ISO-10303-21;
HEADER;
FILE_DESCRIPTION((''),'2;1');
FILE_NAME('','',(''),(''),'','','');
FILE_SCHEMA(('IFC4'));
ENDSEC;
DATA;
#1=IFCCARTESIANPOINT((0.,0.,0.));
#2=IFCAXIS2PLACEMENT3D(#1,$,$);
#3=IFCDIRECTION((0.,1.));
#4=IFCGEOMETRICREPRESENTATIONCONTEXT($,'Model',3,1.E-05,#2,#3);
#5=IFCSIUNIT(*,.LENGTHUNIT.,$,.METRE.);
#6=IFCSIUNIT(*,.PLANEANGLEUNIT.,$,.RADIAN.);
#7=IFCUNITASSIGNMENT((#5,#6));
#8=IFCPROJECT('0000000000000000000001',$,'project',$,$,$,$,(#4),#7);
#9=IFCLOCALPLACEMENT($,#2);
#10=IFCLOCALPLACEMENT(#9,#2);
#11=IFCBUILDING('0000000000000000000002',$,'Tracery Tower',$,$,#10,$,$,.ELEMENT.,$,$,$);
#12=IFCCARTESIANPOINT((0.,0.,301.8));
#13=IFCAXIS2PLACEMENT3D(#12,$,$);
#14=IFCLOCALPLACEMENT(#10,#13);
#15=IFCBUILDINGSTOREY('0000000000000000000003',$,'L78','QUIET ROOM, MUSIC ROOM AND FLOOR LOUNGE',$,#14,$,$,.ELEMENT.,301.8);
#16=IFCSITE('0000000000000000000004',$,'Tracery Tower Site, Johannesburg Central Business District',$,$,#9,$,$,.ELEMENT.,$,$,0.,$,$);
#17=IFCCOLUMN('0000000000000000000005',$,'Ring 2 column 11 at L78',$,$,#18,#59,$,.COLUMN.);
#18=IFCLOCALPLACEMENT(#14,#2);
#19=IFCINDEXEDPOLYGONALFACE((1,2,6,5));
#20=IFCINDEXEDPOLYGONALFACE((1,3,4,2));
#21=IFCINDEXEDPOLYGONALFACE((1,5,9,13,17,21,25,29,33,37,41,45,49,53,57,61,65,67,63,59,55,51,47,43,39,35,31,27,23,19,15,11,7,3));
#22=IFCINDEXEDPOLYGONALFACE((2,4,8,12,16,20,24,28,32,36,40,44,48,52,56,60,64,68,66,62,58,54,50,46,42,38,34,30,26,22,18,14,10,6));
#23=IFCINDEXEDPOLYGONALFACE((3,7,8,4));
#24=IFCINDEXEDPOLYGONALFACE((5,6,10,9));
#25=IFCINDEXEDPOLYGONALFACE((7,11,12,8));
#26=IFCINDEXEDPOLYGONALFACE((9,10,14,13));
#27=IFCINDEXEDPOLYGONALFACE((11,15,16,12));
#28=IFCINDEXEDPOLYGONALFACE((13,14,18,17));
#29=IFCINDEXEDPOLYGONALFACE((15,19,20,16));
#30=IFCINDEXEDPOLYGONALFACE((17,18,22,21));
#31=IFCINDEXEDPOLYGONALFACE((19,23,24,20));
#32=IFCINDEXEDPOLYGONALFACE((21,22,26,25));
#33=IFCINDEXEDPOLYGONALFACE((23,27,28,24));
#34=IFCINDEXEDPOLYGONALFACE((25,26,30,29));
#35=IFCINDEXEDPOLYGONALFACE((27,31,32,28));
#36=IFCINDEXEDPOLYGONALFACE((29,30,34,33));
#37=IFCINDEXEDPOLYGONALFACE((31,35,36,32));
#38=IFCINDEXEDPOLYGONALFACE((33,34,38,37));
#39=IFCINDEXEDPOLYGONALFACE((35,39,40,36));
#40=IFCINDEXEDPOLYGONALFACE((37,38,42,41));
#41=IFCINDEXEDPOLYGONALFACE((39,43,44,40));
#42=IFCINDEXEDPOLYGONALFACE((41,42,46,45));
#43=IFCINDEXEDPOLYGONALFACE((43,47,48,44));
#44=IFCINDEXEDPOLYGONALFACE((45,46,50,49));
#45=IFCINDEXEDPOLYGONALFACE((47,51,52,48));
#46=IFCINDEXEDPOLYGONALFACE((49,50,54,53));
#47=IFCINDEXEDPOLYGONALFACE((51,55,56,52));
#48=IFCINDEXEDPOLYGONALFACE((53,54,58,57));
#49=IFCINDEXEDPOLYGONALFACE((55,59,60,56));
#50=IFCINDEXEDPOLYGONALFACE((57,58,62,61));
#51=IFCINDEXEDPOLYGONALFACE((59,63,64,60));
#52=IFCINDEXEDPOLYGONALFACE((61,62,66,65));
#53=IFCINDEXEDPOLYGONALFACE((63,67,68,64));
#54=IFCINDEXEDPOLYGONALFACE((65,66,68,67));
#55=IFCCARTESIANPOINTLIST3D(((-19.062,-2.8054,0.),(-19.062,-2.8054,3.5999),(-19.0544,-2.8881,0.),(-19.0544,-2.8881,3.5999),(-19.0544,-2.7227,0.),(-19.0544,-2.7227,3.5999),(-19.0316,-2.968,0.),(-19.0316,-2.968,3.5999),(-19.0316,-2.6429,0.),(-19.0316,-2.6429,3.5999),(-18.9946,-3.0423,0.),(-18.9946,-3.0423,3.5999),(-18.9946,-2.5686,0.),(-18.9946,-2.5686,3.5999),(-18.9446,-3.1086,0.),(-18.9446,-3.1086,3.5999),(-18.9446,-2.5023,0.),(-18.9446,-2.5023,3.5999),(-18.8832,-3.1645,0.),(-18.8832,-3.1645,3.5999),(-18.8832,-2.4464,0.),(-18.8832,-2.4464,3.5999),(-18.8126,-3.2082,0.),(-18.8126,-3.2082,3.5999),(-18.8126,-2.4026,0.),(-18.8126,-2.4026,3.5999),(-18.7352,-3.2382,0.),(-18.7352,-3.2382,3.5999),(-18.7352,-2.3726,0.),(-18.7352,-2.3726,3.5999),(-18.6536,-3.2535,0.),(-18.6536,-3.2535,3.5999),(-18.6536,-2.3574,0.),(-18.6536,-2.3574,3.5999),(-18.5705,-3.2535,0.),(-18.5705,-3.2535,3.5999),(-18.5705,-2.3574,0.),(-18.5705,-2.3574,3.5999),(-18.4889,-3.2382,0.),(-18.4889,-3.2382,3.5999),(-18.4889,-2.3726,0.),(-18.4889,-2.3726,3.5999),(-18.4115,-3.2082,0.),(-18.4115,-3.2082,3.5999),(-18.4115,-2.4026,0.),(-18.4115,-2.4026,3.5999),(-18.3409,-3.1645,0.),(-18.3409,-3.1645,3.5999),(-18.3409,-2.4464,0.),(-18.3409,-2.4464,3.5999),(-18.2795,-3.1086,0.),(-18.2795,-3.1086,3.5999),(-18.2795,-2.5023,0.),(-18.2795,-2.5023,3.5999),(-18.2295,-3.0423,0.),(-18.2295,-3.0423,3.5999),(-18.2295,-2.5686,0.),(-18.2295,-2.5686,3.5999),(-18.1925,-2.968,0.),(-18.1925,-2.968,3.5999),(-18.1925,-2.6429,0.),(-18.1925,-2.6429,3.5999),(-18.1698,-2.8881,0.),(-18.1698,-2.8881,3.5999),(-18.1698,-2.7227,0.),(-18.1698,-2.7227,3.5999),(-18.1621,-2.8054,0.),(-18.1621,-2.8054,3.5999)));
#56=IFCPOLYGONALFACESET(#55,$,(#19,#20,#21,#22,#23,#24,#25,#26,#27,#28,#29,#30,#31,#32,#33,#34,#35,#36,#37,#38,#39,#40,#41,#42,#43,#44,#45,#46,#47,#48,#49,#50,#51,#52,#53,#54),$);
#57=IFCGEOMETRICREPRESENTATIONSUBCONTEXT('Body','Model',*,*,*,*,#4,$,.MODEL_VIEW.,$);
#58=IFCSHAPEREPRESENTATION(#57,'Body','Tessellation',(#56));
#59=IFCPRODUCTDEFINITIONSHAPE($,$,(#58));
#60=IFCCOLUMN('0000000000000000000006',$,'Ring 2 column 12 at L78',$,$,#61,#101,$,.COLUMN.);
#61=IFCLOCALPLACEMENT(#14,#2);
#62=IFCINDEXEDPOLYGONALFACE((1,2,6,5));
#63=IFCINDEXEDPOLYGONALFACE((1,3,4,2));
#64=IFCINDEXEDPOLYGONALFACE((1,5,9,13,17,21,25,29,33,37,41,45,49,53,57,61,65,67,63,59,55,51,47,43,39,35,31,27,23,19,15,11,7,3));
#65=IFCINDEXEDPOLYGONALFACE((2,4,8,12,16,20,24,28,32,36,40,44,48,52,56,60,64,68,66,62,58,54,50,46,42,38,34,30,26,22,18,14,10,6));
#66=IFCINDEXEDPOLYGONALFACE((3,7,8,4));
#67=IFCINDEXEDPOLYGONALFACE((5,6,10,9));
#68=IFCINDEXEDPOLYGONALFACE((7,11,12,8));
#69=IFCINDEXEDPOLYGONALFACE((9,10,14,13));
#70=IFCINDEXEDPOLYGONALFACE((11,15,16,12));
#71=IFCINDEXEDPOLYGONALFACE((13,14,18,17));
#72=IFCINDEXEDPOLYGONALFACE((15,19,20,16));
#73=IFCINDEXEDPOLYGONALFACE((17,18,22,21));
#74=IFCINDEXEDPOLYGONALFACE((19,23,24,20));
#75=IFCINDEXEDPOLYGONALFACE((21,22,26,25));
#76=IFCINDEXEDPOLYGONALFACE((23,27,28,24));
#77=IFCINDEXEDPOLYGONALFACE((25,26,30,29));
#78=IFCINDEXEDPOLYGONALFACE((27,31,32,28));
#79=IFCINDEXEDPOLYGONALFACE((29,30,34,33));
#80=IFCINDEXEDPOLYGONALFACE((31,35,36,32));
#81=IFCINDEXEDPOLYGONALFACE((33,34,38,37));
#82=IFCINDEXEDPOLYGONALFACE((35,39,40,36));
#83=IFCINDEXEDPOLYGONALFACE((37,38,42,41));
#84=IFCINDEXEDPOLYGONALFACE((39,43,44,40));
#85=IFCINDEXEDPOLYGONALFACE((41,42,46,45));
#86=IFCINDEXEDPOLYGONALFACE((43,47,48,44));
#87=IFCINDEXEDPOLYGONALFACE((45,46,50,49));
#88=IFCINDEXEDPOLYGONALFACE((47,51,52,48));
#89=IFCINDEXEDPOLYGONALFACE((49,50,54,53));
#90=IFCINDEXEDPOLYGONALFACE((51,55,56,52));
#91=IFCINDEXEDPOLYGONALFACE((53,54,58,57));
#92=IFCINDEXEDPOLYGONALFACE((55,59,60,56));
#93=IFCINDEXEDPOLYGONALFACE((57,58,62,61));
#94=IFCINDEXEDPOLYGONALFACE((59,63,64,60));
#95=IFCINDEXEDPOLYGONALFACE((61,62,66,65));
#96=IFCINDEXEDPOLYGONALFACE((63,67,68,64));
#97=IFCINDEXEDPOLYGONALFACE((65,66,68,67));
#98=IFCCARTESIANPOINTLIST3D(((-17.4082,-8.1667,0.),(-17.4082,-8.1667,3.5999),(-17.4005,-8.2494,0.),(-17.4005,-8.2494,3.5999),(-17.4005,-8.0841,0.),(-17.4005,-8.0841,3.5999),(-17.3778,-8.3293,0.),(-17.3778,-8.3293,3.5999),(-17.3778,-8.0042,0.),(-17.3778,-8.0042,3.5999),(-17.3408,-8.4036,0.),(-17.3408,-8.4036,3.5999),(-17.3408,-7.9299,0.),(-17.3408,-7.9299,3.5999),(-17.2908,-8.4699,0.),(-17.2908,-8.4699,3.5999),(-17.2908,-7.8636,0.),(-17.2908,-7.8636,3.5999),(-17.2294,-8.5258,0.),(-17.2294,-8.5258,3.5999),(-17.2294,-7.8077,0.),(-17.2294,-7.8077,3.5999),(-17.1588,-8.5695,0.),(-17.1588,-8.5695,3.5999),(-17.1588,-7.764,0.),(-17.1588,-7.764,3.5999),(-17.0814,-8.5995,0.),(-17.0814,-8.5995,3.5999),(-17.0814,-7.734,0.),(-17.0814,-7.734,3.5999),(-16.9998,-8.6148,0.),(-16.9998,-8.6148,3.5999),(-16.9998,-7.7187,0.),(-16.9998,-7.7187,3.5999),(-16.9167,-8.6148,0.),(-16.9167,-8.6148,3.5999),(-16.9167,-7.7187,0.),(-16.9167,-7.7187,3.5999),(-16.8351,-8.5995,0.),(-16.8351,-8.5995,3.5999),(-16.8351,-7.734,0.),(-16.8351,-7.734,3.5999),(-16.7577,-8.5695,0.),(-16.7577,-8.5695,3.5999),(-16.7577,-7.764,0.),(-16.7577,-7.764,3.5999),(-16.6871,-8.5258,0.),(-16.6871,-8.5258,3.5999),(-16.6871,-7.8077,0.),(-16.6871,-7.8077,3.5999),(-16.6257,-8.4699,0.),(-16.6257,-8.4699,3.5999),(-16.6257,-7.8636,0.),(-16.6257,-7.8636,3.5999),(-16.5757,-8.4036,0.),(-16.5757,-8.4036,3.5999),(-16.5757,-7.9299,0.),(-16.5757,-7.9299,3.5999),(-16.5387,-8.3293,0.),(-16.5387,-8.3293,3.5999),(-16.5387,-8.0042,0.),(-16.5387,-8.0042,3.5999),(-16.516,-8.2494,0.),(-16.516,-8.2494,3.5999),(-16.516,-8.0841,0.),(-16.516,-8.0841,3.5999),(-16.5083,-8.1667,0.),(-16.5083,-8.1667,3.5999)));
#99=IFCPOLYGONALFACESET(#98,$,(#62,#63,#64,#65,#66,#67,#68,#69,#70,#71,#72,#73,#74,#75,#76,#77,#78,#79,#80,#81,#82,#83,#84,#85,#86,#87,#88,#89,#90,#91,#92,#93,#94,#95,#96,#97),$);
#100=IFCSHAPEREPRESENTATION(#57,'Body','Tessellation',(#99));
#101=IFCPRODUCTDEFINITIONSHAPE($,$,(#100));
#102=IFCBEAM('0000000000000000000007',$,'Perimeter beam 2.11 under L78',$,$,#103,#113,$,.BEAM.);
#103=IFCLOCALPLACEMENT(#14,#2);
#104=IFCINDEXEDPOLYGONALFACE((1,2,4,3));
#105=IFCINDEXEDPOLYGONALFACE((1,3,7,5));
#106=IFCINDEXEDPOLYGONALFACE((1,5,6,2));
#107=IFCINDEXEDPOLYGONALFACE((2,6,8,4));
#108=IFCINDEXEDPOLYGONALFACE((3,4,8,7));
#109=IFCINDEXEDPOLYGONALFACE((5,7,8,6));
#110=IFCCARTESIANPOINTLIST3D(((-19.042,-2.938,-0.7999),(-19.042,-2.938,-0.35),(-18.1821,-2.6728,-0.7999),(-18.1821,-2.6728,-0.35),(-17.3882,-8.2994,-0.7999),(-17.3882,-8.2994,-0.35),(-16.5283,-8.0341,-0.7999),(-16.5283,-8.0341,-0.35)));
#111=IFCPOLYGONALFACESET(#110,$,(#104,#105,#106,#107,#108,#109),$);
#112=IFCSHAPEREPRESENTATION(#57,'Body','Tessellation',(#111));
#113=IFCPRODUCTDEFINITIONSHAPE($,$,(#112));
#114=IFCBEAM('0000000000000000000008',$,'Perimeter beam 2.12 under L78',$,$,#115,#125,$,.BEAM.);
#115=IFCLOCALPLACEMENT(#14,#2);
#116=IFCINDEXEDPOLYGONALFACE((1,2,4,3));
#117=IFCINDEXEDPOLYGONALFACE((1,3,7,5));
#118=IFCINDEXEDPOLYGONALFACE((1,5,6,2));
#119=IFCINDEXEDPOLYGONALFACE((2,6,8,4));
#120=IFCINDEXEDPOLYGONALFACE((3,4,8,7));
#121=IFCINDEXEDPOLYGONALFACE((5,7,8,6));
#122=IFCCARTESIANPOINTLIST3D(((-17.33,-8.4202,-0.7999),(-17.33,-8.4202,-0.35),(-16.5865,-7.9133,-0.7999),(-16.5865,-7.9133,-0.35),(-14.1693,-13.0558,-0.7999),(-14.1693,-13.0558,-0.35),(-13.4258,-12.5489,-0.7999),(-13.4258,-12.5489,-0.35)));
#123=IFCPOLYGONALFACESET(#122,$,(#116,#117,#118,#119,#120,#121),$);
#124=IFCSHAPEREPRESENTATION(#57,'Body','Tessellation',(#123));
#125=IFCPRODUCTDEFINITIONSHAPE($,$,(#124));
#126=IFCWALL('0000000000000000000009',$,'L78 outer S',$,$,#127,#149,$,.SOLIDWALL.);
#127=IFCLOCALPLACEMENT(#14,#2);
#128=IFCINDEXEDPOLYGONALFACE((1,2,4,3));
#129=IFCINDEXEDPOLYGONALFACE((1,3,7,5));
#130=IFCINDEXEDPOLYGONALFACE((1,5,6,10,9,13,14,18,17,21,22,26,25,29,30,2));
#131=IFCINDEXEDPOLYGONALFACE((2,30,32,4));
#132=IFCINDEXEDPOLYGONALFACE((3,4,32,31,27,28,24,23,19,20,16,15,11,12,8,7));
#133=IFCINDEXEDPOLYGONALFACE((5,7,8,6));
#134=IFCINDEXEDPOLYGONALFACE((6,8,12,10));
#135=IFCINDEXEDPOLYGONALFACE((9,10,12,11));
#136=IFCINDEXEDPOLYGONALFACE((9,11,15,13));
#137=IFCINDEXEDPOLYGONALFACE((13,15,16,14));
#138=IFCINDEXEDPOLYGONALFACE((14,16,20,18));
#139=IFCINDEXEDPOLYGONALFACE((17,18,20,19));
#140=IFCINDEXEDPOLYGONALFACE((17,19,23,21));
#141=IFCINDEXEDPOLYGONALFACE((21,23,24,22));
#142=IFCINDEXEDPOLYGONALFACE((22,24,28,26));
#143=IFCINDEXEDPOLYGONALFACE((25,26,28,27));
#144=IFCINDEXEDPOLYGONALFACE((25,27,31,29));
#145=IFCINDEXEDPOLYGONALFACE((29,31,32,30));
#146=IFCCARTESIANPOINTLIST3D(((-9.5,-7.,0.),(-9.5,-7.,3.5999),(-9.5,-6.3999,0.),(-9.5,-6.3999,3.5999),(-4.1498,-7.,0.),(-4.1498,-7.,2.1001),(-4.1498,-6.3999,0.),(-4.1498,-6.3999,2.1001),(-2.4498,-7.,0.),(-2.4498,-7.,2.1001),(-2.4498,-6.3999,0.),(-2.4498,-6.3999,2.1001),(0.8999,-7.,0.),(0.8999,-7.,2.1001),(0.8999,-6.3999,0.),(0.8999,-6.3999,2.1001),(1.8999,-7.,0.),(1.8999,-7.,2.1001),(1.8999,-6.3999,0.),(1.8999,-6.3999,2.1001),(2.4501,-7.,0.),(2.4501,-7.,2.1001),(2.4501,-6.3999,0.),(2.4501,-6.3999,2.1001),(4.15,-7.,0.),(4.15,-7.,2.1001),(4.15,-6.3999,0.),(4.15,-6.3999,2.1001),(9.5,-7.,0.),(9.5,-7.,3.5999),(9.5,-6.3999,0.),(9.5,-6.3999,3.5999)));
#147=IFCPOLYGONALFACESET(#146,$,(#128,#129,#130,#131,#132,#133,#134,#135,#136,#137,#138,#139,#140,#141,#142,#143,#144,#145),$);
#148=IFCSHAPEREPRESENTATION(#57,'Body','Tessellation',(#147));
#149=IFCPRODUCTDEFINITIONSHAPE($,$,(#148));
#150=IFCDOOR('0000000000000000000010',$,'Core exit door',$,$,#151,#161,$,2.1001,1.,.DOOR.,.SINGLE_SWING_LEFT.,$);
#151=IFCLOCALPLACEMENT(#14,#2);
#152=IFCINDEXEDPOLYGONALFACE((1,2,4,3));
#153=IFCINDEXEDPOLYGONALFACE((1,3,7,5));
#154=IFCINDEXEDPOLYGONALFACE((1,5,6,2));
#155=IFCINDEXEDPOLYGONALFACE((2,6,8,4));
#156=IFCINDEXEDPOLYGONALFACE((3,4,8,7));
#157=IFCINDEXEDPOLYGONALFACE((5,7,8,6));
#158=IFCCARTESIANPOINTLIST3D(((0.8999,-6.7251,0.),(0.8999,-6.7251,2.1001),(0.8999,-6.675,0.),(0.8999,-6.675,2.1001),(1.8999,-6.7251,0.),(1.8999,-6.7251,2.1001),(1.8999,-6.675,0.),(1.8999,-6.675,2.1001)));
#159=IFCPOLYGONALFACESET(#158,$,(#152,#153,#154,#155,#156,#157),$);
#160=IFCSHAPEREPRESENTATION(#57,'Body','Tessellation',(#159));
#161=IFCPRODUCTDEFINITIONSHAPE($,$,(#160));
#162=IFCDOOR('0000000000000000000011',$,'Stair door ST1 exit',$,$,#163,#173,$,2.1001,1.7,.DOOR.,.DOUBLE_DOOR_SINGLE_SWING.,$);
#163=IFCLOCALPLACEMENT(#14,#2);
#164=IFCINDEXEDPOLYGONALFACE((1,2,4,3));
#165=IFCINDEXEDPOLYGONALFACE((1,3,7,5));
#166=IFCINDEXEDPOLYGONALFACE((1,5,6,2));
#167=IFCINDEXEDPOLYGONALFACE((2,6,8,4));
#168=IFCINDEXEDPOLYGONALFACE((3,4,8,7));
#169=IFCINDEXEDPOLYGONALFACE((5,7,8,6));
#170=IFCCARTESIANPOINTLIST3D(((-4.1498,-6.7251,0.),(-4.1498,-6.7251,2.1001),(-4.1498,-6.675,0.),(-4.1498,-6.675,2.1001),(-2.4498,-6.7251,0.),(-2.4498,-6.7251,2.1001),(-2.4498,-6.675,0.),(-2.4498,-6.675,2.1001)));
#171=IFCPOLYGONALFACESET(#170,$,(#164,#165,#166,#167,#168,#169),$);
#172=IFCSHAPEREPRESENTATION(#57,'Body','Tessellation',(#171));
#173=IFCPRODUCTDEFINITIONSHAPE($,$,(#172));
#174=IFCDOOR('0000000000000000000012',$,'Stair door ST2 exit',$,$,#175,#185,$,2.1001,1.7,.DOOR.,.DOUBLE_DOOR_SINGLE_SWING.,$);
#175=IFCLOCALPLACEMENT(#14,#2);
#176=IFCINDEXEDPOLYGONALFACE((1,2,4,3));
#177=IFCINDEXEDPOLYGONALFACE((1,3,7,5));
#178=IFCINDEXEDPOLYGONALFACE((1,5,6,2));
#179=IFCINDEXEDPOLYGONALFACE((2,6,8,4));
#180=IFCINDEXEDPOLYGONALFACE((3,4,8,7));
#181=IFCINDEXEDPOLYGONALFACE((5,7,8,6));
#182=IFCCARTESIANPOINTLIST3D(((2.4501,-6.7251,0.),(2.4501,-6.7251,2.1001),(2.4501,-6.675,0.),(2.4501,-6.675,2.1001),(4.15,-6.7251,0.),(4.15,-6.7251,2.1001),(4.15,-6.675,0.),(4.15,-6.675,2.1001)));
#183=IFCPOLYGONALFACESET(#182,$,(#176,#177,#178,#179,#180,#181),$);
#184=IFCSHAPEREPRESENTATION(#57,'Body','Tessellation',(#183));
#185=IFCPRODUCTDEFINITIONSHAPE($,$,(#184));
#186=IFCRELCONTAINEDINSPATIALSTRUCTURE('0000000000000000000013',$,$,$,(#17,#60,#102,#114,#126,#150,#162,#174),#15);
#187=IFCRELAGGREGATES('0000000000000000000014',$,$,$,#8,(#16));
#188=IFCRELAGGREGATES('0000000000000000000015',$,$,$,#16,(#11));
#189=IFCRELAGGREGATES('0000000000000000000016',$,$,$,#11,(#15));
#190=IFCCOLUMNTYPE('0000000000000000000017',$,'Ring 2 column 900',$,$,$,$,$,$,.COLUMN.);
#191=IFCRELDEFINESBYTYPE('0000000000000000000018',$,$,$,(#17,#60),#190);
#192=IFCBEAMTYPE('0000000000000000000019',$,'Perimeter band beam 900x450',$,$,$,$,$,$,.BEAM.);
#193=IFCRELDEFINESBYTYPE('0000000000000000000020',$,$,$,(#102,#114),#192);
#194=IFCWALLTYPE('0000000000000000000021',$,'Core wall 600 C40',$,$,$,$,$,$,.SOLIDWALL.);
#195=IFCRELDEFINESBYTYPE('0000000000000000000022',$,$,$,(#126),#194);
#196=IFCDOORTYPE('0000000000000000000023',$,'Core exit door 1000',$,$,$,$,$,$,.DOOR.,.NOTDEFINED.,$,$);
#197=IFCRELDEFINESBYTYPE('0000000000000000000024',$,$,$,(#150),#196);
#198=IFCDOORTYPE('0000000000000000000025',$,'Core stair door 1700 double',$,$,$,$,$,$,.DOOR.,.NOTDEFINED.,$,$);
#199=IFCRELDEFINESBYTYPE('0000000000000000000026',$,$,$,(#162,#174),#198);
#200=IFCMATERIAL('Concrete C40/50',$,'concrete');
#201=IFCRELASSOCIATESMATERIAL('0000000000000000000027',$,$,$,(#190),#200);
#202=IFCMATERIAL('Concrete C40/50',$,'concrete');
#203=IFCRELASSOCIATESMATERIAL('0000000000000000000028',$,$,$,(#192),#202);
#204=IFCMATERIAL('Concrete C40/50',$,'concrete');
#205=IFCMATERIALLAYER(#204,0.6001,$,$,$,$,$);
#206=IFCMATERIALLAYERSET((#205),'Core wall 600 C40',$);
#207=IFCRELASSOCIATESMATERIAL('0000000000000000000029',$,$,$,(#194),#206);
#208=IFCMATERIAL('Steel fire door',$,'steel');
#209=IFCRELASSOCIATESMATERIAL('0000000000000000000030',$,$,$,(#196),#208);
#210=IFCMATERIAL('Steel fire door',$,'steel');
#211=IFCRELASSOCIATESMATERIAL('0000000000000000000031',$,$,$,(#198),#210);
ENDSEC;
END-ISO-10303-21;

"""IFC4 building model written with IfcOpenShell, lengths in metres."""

from ifc_helpers import new_model, si_unit, direction, frame, frame_2d, origin, origin_2d, place, context, subcontext, project, spatial, rectangle, circle, extrude, material, layer, layer_set, material_profile, profile_set, type_object, element, fill, save


model = new_model("IFC4")

# Units and contexts
model_context = context("Model", 3, precision=1e-05, world=origin(), true_north=direction((0.0, 1.0)))
body_context = subcontext(model_context, "Body", "Model", "MODEL_VIEW")
ifc_project = project(units=[si_unit("LENGTHUNIT", "METRE"), si_unit("PLANEANGLEUNIT", "RADIAN")], contexts=[model_context])

# Site, building, storey
site_placement = place(None, origin())
site = spatial("IfcSite", under=ifc_project, at=site_placement, Name="Tracery Tower Site, Johannesburg Central Business District", CompositionType="ELEMENT", RefElevation=0.0)
building_placement = place(site_placement, origin())
building = spatial("IfcBuilding", under=site, at=building_placement, Name="Tracery Tower", CompositionType="ELEMENT")
storey_placement = place(building_placement, frame((0.0, 0.0, 301.8)))
storey = spatial("IfcBuildingStorey", under=building, at=storey_placement, Name="L78", Description="QUIET ROOM, MUSIC ROOM AND FLOOR LOUNGE", CompositionType="ELEMENT", Elevation=301.8)

# Columns
ifc_material_1 = material(Name="Concrete C40/50", Category="concrete")
ifc_material_profile_1 = material_profile(ifc_material_1, circle(Radius=0.45, at=origin_2d()), Name="RC D900")
ifc_profile_set_1 = profile_set([ifc_material_profile_1], Name="Concrete C40/50")
column_type = type_object("IfcColumnType", Name="Ring 2 column 900", PredefinedType="COLUMN", material=ifc_profile_set_1)
for number, where, z_axis, x_axis, name in (
    (1, (-18.6121, -2.8054, 0.0), (0.0, 0.0, 1.0), (1.0, 0.0, 0.0), "Ring 2 column 11 at L78"),
    (2, (-16.9583, -8.1667, 0.0), (0.0, 0.0, 1.0), (1.0, 0.0, 0.0), "Ring 2 column 12 at L78"),
):
    element("IfcColumn", number, at=place(storey_placement, frame(where, z_axis=z_axis, x_axis=x_axis)), inside=storey, type_object=column_type, Name=name, PredefinedType="COLUMN", context=body_context, shape_type="SweptSolid", body=[
        extrude(circle(Radius=0.45, at=origin_2d()), origin(), (0.0, 0.0, 1.0), 3.5999),
    ])

# Beams
ifc_material_2 = material(Name="Concrete C40/50", Category="concrete")
ifc_material_profile_2 = material_profile(ifc_material_2, rectangle(XDim=0.8999, YDim=0.45, at=origin_2d()), Name="RC 900x450")
ifc_profile_set_2 = profile_set([ifc_material_profile_2], Name="Concrete C40/50")
beam_type = type_object("IfcBeamType", Name="Perimeter band beam 900x450", PredefinedType="BEAM", material=ifc_profile_set_2)
for number, where, z_axis, x_axis, name in (
    (3, (-18.6121, -2.8054, -0.575), (0.294765, -0.95557, 0.0), (0.95557, 0.294765, 0.0), "Perimeter beam 2.11 under L78"),
    (4, (-16.9583, -8.1667, -0.575), (0.563346, -0.826221, 0.0), (0.826221, 0.563346, 0.0), "Perimeter beam 2.12 under L78"),
):
    element("IfcBeam", number, at=place(storey_placement, frame(where, z_axis=z_axis, x_axis=x_axis)), inside=storey, type_object=beam_type, Name=name, PredefinedType="BEAM", context=body_context, shape_type="SweptSolid", body=[
        extrude(rectangle(XDim=0.8999, YDim=0.45, at=origin_2d()), origin(), (0.0, 0.0, 1.0), 5.6106),
    ])

# Wall, openings, doors
ifc_material_3 = material(Name="Concrete C40/50", Category="concrete")
ifc_layer_1 = layer(ifc_material_3, 0.6001)
ifc_layer_set_1 = layer_set([ifc_layer_1], Name="Core wall 600 C40")
wall_type_1 = type_object("IfcWallType", Name="Core wall 600 C40", PredefinedType="SOLIDWALL", material=ifc_layer_set_1)
wall_1_placement = place(storey_placement, frame((-9.5, -6.7, 0.0), z_axis=(0.0, 0.0, 1.0), x_axis=(1.0, 0.0, 0.0)))
wall_1 = element("IfcWall", 5, at=wall_1_placement, inside=storey, type_object=wall_type_1, Name="L78 outer S", PredefinedType="SOLIDWALL", context=body_context, shape_type="SweptSolid", body=[
    extrude(rectangle(XDim=19.0, YDim=0.6001, at=frame_2d((9.5, 0.0))), origin(), (0.0, 0.0, 1.0), 3.5999),
])
opening_1_placement = place(wall_1_placement, frame((10.3999, 0.0, 0.0)))
opening_1 = element("IfcOpeningElement", 6, at=opening_1_placement, cuts=wall_1, PredefinedType="OPENING", context=body_context, shape_type="SweptSolid", body=[
    extrude(rectangle(XDim=1.0, YDim=2.1001, at=frame_2d((0.5, 1.05))), frame((0.0, 0.3, 0.0), z_axis=(0.0, -1.0, 0.0), x_axis=(1.0, 0.0, 0.0)), (0.0, 0.0, 1.0), 0.6001),
])
opening_2_placement = place(wall_1_placement, frame((5.3501, 0.0, 0.0)))
opening_2 = element("IfcOpeningElement", 7, at=opening_2_placement, cuts=wall_1, PredefinedType="OPENING", context=body_context, shape_type="SweptSolid", body=[
    extrude(rectangle(XDim=1.7, YDim=2.1001, at=frame_2d((0.8501, 1.05))), frame((0.0, 0.3, 0.0), z_axis=(0.0, -1.0, 0.0), x_axis=(1.0, 0.0, 0.0)), (0.0, 0.0, 1.0), 0.6001),
])
opening_3_placement = place(wall_1_placement, frame((11.95, 0.0, 0.0)))
opening_3 = element("IfcOpeningElement", 8, at=opening_3_placement, cuts=wall_1, PredefinedType="OPENING", context=body_context, shape_type="SweptSolid", body=[
    extrude(rectangle(XDim=1.7, YDim=2.1001, at=frame_2d((0.8501, 1.05))), frame((0.0, 0.3, 0.0), z_axis=(0.0, -1.0, 0.0), x_axis=(1.0, 0.0, 0.0)), (0.0, 0.0, 1.0), 0.6001),
])
ifc_material_4 = material(Name="Steel fire door", Category="steel")
door_type_1 = type_object("IfcDoorType", Name="Core exit door 1000", OperationType="NOTDEFINED", PredefinedType="DOOR", material=ifc_material_4)
door_1_placement = place(opening_1_placement, origin())
door_1 = element("IfcDoor", 9, at=door_1_placement, inside=storey, type_object=door_type_1, Name="Core exit door", OperationType="SINGLE_SWING_LEFT", OverallHeight=2.1001, OverallWidth=1.0, PredefinedType="DOOR", context=body_context, shape_type="SweptSolid", body=[
    extrude(rectangle(XDim=1.0, YDim=2.1001, at=frame_2d((0.5, 1.05))), frame((0.0, 0.0249, 0.0), z_axis=(0.0, -1.0, 0.0), x_axis=(1.0, 0.0, 0.0)), (0.0, 0.0, 1.0), 0.05),
])
fill(opening_1, door_1)
ifc_material_5 = material(Name="Steel fire door", Category="steel")
door_type_2 = type_object("IfcDoorType", Name="Core stair door 1700 double", OperationType="NOTDEFINED", PredefinedType="DOOR", material=ifc_material_5)
door_2_placement = place(opening_2_placement, origin())
door_2 = element("IfcDoor", 10, at=door_2_placement, inside=storey, type_object=door_type_2, Name="Stair door ST1 exit", OperationType="DOUBLE_DOOR_SINGLE_SWING", OverallHeight=2.1001, OverallWidth=1.7, PredefinedType="DOOR", context=body_context, shape_type="SweptSolid", body=[
    extrude(rectangle(XDim=1.7, YDim=2.1001, at=frame_2d((0.8501, 1.05))), frame((0.0, 0.0249, 0.0), z_axis=(0.0, -1.0, 0.0), x_axis=(1.0, 0.0, 0.0)), (0.0, 0.0, 1.0), 0.05),
])
fill(opening_2, door_2)
door_3_placement = place(opening_3_placement, origin())
door_3 = element("IfcDoor", 11, at=door_3_placement, inside=storey, type_object=door_type_2, Name="Stair door ST2 exit", OperationType="DOUBLE_DOOR_SINGLE_SWING", OverallHeight=2.1001, OverallWidth=1.7, PredefinedType="DOOR", context=body_context, shape_type="SweptSolid", body=[
    extrude(rectangle(XDim=1.7, YDim=2.1001, at=frame_2d((0.8501, 1.05))), frame((0.0, 0.0249, 0.0), z_axis=(0.0, -1.0, 0.0), x_axis=(1.0, 0.0, 0.0)), (0.0, 0.0, 1.0), 0.05),
])
fill(opening_3, door_3)

save(model, "model.ifc")
